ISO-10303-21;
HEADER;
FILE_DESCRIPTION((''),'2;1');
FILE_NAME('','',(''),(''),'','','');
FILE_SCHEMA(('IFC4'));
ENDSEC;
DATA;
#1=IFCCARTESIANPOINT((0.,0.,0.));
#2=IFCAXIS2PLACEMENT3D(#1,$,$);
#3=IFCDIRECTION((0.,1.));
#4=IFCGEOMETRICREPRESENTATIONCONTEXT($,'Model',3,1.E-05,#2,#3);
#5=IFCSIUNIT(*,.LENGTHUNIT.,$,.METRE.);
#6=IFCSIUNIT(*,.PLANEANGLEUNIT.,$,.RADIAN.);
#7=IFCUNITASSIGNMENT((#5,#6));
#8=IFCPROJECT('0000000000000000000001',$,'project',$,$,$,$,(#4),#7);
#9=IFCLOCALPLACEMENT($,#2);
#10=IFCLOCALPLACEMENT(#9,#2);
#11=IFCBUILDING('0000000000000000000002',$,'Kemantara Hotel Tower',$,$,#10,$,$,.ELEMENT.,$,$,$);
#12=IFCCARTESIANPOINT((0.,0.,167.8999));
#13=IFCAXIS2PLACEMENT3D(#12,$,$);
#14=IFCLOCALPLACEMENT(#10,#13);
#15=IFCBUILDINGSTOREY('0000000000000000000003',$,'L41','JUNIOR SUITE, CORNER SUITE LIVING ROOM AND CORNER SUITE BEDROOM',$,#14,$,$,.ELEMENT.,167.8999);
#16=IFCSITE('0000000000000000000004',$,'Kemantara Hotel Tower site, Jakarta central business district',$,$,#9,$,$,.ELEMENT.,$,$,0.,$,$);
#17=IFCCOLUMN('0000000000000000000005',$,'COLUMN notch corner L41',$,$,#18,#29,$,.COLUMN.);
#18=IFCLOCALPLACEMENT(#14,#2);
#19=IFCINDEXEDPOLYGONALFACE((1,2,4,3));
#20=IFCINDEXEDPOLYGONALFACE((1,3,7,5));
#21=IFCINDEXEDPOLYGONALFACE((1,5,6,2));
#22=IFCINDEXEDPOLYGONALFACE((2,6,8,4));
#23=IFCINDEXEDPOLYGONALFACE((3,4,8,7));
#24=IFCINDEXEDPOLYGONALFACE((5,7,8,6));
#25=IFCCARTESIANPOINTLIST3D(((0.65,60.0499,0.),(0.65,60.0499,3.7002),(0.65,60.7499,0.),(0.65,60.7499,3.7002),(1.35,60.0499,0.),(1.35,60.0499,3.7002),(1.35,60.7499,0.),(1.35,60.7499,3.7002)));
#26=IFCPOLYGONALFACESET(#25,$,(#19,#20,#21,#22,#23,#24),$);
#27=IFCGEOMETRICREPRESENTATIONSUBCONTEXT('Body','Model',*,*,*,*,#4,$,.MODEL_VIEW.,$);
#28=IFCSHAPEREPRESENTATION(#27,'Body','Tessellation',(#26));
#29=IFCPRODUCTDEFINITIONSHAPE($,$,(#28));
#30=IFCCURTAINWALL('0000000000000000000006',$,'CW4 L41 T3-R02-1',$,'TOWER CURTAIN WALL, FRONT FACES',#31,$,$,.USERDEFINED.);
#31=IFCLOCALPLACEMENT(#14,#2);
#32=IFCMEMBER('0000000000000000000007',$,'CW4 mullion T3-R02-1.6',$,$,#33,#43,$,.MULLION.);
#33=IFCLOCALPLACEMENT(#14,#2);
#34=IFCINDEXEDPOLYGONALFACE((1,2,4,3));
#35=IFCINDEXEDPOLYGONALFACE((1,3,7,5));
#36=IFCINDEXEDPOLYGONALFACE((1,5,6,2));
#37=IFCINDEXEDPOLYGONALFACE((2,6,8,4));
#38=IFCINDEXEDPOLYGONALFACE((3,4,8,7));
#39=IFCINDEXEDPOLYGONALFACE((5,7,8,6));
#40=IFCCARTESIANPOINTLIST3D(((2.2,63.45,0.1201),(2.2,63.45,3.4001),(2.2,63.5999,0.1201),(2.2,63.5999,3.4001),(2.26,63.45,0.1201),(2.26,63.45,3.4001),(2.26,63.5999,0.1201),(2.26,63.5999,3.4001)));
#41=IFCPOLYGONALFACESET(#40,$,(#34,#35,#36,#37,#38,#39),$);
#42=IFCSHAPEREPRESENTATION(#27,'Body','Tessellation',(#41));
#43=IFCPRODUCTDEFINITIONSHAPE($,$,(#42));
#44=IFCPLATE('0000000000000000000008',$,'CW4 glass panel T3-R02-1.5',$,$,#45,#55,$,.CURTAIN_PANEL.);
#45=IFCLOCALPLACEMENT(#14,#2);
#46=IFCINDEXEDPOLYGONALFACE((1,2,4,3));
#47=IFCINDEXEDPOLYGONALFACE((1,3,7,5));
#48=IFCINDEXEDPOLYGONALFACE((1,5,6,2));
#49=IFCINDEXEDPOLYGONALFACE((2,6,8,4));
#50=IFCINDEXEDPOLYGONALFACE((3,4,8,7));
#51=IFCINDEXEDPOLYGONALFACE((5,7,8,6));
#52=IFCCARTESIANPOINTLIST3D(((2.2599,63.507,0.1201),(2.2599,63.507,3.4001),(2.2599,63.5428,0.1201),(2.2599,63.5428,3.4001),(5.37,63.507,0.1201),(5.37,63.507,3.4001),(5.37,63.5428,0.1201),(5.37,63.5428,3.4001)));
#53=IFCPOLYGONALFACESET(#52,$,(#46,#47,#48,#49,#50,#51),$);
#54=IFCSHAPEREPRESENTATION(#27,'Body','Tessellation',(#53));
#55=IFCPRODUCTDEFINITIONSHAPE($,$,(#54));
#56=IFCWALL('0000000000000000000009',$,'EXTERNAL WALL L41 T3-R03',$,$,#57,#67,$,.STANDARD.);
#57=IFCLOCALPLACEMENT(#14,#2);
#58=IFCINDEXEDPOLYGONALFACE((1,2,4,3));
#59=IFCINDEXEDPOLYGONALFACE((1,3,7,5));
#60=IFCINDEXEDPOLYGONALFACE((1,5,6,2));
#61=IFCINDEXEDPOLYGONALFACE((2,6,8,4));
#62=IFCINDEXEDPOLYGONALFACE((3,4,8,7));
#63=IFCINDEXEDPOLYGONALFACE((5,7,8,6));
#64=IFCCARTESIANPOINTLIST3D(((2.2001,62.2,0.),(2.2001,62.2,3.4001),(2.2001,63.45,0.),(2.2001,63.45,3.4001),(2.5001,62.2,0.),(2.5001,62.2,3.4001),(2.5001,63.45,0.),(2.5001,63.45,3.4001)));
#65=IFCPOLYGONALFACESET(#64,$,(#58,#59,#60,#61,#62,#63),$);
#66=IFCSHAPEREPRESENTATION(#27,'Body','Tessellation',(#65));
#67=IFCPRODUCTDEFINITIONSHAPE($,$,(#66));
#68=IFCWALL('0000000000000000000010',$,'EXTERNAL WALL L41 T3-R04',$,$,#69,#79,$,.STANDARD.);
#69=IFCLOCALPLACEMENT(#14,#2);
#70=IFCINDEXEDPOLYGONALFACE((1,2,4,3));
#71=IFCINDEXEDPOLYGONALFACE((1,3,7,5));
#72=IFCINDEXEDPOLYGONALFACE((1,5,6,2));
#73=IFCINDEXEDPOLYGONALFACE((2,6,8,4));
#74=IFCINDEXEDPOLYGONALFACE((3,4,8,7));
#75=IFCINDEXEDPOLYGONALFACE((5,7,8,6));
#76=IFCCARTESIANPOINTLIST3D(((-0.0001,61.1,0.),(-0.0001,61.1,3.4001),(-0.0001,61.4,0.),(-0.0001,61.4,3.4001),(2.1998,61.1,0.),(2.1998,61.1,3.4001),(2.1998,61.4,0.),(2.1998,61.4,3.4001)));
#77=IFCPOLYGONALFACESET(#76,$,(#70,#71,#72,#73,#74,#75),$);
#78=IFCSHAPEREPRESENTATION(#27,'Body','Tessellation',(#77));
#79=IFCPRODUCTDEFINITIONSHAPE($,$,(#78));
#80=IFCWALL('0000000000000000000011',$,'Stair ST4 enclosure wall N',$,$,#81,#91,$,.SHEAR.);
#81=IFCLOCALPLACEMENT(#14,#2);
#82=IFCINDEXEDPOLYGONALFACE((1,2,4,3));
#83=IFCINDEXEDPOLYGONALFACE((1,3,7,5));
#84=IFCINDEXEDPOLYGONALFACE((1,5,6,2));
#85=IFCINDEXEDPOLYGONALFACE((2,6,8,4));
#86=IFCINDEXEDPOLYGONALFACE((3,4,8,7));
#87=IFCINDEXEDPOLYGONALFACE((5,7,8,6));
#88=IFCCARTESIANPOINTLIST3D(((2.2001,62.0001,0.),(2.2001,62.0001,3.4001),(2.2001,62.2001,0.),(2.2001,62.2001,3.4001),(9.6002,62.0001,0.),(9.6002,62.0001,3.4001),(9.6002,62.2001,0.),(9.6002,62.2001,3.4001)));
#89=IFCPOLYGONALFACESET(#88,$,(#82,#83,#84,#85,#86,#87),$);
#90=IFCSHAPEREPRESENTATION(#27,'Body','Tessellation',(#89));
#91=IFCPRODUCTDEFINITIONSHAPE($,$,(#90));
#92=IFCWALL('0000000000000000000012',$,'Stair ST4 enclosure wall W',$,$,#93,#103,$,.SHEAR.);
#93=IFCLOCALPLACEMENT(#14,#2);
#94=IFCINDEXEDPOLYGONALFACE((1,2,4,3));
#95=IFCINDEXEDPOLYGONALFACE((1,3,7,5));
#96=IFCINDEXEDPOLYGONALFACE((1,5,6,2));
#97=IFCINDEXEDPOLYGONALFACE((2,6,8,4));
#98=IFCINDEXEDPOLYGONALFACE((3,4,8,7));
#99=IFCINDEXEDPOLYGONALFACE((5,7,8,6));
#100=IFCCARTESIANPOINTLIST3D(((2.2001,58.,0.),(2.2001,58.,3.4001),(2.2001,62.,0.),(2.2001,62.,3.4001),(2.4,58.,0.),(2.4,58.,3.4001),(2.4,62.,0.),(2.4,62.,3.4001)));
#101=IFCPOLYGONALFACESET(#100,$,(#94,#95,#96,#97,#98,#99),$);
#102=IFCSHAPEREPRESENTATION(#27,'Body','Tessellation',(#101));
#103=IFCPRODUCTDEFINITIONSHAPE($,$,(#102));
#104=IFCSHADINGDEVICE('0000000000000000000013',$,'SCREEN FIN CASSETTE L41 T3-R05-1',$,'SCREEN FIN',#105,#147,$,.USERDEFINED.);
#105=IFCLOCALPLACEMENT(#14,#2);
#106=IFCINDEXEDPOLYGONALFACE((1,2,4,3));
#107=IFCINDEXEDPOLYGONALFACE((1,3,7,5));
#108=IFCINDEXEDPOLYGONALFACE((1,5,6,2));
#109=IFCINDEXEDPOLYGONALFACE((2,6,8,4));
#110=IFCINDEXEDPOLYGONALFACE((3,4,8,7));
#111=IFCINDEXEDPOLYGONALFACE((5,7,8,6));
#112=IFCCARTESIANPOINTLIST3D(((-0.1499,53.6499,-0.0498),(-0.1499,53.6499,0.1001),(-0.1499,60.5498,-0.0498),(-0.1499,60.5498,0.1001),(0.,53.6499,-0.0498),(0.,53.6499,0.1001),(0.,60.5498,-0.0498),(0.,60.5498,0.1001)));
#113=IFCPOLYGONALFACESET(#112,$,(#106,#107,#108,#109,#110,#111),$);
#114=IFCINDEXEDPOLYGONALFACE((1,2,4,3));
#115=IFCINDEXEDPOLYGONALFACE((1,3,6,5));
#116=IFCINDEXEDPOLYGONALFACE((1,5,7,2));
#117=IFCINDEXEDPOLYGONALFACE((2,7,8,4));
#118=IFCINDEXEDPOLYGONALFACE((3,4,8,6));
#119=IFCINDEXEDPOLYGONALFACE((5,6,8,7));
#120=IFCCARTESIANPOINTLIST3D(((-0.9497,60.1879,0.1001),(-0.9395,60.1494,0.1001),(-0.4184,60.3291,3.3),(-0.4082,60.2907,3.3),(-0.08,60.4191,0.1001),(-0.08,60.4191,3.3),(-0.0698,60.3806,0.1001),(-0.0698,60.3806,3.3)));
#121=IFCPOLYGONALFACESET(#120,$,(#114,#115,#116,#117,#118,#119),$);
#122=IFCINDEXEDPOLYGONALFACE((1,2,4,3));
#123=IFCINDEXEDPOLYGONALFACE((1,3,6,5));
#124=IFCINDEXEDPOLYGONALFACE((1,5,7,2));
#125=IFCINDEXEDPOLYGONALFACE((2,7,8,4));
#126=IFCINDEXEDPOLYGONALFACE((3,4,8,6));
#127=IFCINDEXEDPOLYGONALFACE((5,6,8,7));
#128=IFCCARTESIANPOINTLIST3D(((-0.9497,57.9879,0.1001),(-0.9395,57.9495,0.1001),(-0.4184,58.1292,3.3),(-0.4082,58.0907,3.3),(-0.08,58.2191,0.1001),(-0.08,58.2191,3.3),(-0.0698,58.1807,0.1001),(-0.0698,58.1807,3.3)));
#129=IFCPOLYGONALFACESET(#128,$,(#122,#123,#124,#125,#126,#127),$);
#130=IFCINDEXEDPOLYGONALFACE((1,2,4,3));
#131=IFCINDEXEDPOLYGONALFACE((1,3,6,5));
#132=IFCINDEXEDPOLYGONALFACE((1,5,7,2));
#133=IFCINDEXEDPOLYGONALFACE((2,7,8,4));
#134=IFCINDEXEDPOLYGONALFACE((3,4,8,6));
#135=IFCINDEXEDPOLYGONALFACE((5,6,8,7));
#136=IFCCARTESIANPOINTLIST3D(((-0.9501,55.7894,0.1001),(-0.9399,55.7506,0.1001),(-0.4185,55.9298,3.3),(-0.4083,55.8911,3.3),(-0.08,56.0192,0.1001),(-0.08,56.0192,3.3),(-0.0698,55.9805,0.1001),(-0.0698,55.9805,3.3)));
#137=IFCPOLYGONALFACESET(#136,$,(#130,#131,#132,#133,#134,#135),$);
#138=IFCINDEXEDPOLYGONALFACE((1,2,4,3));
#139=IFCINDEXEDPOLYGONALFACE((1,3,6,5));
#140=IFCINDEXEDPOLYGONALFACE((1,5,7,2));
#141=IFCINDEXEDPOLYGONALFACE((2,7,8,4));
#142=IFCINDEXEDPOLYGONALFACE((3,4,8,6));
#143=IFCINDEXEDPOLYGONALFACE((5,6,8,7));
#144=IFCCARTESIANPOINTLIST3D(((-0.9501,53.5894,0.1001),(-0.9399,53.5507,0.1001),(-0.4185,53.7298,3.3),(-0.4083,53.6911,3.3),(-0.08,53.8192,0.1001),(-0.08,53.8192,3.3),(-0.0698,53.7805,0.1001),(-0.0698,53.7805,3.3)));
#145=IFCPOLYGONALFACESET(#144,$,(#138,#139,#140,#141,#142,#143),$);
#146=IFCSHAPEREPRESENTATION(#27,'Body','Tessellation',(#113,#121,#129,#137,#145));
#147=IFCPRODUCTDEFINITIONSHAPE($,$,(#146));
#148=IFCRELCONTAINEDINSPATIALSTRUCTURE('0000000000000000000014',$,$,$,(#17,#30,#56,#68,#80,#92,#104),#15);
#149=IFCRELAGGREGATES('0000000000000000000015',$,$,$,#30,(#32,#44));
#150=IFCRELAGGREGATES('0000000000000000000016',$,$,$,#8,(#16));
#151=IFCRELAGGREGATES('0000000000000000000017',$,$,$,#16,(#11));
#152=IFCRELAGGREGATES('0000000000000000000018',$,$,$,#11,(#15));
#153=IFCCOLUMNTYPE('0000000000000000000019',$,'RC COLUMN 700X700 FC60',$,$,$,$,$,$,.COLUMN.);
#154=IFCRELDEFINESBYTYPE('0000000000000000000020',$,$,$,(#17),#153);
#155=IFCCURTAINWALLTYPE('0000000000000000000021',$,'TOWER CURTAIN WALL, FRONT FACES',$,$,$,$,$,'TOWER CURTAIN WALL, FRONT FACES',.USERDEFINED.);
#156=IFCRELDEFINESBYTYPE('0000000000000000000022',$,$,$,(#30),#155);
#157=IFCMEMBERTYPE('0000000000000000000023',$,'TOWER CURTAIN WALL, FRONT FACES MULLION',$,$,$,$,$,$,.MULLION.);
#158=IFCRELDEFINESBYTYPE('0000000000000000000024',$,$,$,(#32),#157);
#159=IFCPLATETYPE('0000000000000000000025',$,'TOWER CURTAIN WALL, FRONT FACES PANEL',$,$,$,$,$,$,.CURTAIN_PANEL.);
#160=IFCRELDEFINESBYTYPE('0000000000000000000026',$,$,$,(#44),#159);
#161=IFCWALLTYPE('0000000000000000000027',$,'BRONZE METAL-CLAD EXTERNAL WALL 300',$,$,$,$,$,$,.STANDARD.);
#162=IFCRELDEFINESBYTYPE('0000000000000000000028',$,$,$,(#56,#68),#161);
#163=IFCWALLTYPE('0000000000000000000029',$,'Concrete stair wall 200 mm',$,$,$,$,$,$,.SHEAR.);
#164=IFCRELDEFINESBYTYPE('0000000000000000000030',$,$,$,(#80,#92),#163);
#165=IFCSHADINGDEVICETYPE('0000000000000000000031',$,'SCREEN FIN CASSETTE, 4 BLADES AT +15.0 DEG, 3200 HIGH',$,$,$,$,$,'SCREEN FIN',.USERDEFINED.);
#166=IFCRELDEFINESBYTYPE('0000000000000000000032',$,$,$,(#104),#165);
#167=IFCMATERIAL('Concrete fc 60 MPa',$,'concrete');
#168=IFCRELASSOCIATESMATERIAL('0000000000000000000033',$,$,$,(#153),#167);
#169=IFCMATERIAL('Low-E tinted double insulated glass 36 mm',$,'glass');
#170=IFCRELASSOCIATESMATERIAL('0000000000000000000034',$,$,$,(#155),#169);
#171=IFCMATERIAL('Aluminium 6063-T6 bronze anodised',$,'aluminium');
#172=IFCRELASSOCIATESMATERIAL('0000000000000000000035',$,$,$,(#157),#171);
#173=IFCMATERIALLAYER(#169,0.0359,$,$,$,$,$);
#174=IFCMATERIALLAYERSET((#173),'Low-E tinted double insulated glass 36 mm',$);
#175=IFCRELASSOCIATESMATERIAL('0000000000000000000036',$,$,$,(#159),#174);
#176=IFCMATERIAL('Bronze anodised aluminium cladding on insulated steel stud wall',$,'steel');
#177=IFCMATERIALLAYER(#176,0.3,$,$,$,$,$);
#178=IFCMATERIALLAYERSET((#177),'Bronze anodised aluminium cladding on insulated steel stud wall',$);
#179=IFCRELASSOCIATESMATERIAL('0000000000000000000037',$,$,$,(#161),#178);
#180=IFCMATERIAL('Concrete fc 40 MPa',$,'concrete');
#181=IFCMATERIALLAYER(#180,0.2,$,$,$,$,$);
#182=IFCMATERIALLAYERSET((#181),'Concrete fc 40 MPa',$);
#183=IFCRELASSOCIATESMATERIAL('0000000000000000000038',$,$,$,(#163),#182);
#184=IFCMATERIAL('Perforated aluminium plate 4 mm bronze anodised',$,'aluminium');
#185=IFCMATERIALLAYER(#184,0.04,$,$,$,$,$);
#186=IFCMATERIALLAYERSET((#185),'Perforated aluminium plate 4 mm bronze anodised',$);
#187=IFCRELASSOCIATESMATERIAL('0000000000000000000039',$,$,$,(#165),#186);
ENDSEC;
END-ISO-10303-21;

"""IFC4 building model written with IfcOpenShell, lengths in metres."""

from ifc_helpers import new_model, si_unit, direction, frame, frame_2d, origin, origin_2d, place, context, subcontext, project, spatial, polyline, rectangle, outline, extrude, source, transform, mapped, material, layer, layer_set, material_profile, profile_set, type_object, element, aggregate, save


model = new_model("IFC4")

# Units and contexts
model_context = context("Model", 3, precision=1e-05, world=origin(), true_north=direction((0.0, 1.0)))
body_context = subcontext(model_context, "Body", "Model", "MODEL_VIEW")
ifc_project = project(units=[si_unit("LENGTHUNIT", "METRE"), si_unit("PLANEANGLEUNIT", "RADIAN")], contexts=[model_context])

# Site, building, storey
site_placement = place(None, origin())
site = spatial("IfcSite", under=ifc_project, at=site_placement, Name="Kemantara Hotel Tower site, Jakarta central business district", CompositionType="ELEMENT", RefElevation=0.0)
building_placement = place(site_placement, origin())
building = spatial("IfcBuilding", under=site, at=building_placement, Name="Kemantara Hotel Tower", CompositionType="ELEMENT")
storey_placement = place(building_placement, frame((0.0, 0.0, 167.8999)))
storey = spatial("IfcBuildingStorey", under=building, at=storey_placement, Name="L41", Description="JUNIOR SUITE, CORNER SUITE LIVING ROOM AND CORNER SUITE BEDROOM", CompositionType="ELEMENT", Elevation=167.8999)

# Column
ifc_material_1 = material(Name="Concrete fc 60 MPa", Category="concrete")
ifc_material_profile_1 = material_profile(ifc_material_1, rectangle(XDim=0.7, YDim=0.7, at=origin_2d()), Name="RC 700X700")
ifc_profile_set_1 = profile_set([ifc_material_profile_1], Name="Concrete fc 60 MPa")
column_type = type_object("IfcColumnType", Name="RC COLUMN 700X700 FC60", PredefinedType="COLUMN", material=ifc_profile_set_1)
column_placement = place(storey_placement, frame((1.0, 60.3999, 0.0), z_axis=(0.0, 0.0, 1.0), x_axis=(1.0, 0.0, 0.0)))
element("IfcColumn", 1, at=column_placement, inside=storey, type_object=column_type, Name="COLUMN notch corner L41", PredefinedType="COLUMN", context=body_context, shape_type="SweptSolid", body=[
    extrude(rectangle(XDim=0.7, YDim=0.7, at=origin_2d()), origin(), (0.0, 0.0, 1.0), 3.7002),
])

# Curtain wall, member, plate
ifc_material_2 = material(Name="Low-E tinted double insulated glass 36 mm", Category="glass")
curtain_wall_type = type_object("IfcCurtainWallType", Name="TOWER CURTAIN WALL, FRONT FACES", ElementType="TOWER CURTAIN WALL, FRONT FACES", PredefinedType="USERDEFINED", material=ifc_material_2)
curtain_wall_placement = place(storey_placement, origin())
curtain_wall = element("IfcCurtainWall", 2, at=curtain_wall_placement, inside=storey, type_object=curtain_wall_type, Name="CW4 L41 T3-R02-1", ObjectType="TOWER CURTAIN WALL, FRONT FACES", PredefinedType="USERDEFINED")
ifc_material_3 = material(Name="Aluminium 6063-T6 bronze anodised", Category="aluminium")
ifc_material_profile_2 = material_profile(ifc_material_3, rectangle(XDim=0.1499, YDim=0.0601, at=origin_2d()), Name="TOWER CURTAIN WALL, FRONT FACES MULLION")
ifc_profile_set_2 = profile_set([ifc_material_profile_2], Name="Aluminium 6063-T6 bronze anodised")
member_type = type_object("IfcMemberType", Name="TOWER CURTAIN WALL, FRONT FACES MULLION", PredefinedType="MULLION", material=ifc_profile_set_2)
shared_shape_1 = source(origin(), body_context, "Body", "SweptSolid", [
    extrude(rectangle(XDim=0.1499, YDim=0.0601, at=origin_2d()), origin(), (0.0, 0.0, 1.0), 3.28),
])
member_placement = place(storey_placement, frame((2.23, 63.5249, 0.1201), z_axis=(0.0, 0.0, 1.0), x_axis=(0.0, -1.0, 0.0)))
member = element("IfcMember", 3, at=member_placement, type_object=member_type, Name="CW4 mullion T3-R02-1.6", PredefinedType="MULLION", context=body_context, shape_type="MappedRepresentation", body=[
    mapped(shared_shape_1, transform((0.0, 0.0, 0.0))),
])
ifc_layer_1 = layer(ifc_material_2, 0.0359)
ifc_layer_set_1 = layer_set([ifc_layer_1], Name="Low-E tinted double insulated glass 36 mm")
plate_type = type_object("IfcPlateType", Name="TOWER CURTAIN WALL, FRONT FACES PANEL", PredefinedType="CURTAIN_PANEL", material=ifc_layer_set_1)
shared_shape_2 = source(origin(), body_context, "Body", "SweptSolid", [
    extrude(rectangle(XDim=3.1101, YDim=0.0359, at=origin_2d()), origin(), (0.0, 0.0, 1.0), 3.28),
])
plate_placement = place(storey_placement, frame((3.8149, 63.5249, 0.1201), z_axis=(0.0, 0.0, 1.0), x_axis=(-1.0, 0.0, 0.0)))
plate = element("IfcPlate", 4, at=plate_placement, type_object=plate_type, Name="CW4 glass panel T3-R02-1.5", PredefinedType="CURTAIN_PANEL", context=body_context, shape_type="MappedRepresentation", body=[
    mapped(shared_shape_2, transform((0.0, 0.0, 0.0))),
])
aggregate(curtain_wall, [member, plate])

# Walls
ifc_material_4 = material(Name="Bronze anodised aluminium cladding on insulated steel stud wall", Category="steel")
ifc_layer_2 = layer(ifc_material_4, 0.3)
ifc_layer_set_2 = layer_set([ifc_layer_2], Name="Bronze anodised aluminium cladding on insulated steel stud wall")
wall_type_1 = type_object("IfcWallType", Name="BRONZE METAL-CLAD EXTERNAL WALL 300", PredefinedType="STANDARD", material=ifc_layer_set_2)
wall_1_placement = place(storey_placement, frame((2.3501, 63.45, 0.0), z_axis=(0.0, 0.0, 1.0), x_axis=(0.0, -1.0, 0.0)))
element("IfcWall", 5, at=wall_1_placement, inside=storey, type_object=wall_type_1, Name="EXTERNAL WALL L41 T3-R03", PredefinedType="STANDARD", context=body_context, shape_type="SweptSolid", body=[
    extrude(rectangle(XDim=1.25, YDim=0.3, at=frame_2d((0.625, 0.0))), origin(), (0.0, 0.0, 1.0), 3.4001),
])
wall_2_placement = place(storey_placement, frame((2.2, 61.25, 0.0), z_axis=(0.0, 0.0, 1.0), x_axis=(-1.0, 0.0, 0.0)))
element("IfcWall", 6, at=wall_2_placement, inside=storey, type_object=wall_type_1, Name="EXTERNAL WALL L41 T3-R04", PredefinedType="STANDARD", context=body_context, shape_type="SweptSolid", body=[
    extrude(rectangle(XDim=2.2, YDim=0.3, at=frame_2d((1.1001, 0.0))), origin(), (0.0, 0.0, 1.0), 3.4001),
])

# Walls
ifc_material_5 = material(Name="Concrete fc 40 MPa", Category="concrete")
ifc_layer_3 = layer(ifc_material_5, 0.2)
ifc_layer_set_3 = layer_set([ifc_layer_3], Name="Concrete fc 40 MPa")
wall_type_2 = type_object("IfcWallType", Name="Concrete stair wall 200 mm", PredefinedType="SHEAR", material=ifc_layer_set_3)
wall_3_placement = place(storey_placement, frame((2.2, 62.1001, 0.0), z_axis=(0.0, 0.0, 1.0), x_axis=(1.0, 0.0, 0.0)))
element("IfcWall", 7, at=wall_3_placement, inside=storey, type_object=wall_type_2, Name="Stair ST4 enclosure wall N", PredefinedType="SHEAR", context=body_context, shape_type="SweptSolid", body=[
    extrude(rectangle(XDim=7.4001, YDim=0.2, at=frame_2d((3.7002, 0.0))), origin(), (0.0, 0.0, 1.0), 3.4001),
])
wall_4_placement = place(storey_placement, frame((2.3, 58.0, 0.0), z_axis=(0.0, 0.0, 1.0), x_axis=(0.0, 1.0, 0.0)))
element("IfcWall", 8, at=wall_4_placement, inside=storey, type_object=wall_type_2, Name="Stair ST4 enclosure wall W", PredefinedType="SHEAR", context=body_context, shape_type="SweptSolid", body=[
    extrude(rectangle(XDim=4.0, YDim=0.2, at=frame_2d((2.0, 0.0))), origin(), (0.0, 0.0, 1.0), 3.4001),
])

# Shading device
ifc_material_6 = material(Name="Perforated aluminium plate 4 mm bronze anodised", Category="aluminium")
ifc_layer_4 = layer(ifc_material_6, 0.04)
ifc_layer_set_4 = layer_set([ifc_layer_4], Name="Perforated aluminium plate 4 mm bronze anodised")
shading_device_type = type_object("IfcShadingDeviceType", Name="SCREEN FIN CASSETTE, 4 BLADES AT +15.0 DEG, 3200 HIGH", ElementType="SCREEN FIN", PredefinedType="USERDEFINED", material=ifc_layer_set_4)
shared_shape_3 = source(origin(), body_context, "Body", "SweptSolid", [
    extrude(rectangle(XDim=6.8999, YDim=0.1499, at=origin_2d()), frame((3.3, -0.075, -0.1499), z_axis=(0.0, 0.0, 1.0), x_axis=(1.0, 0.0, 0.0)), (0.0, 0.0, 1.0), 0.1499),
    extrude(outline(polyline([(0.0, 0.0), (0.8999, 0.0), (0.3501, 3.2), (0.0, 3.2), (0.0, 0.0)])), frame((0.0193, -0.0698, 0.0), z_axis=(-0.966438, -0.256901, 0.0), x_axis=(0.256901, -0.966438, 0.0)), (0.0, 0.0, 1.0), 0.0398),
    extrude(outline(polyline([(0.0, 0.0), (0.8999, 0.0), (0.3501, 3.2), (0.0, 3.2), (0.0, 0.0)])), frame((2.2192, -0.0698, 0.0), z_axis=(-0.966438, -0.256901, 0.0), x_axis=(0.256901, -0.966438, 0.0)), (0.0, 0.0, 1.0), 0.0398),
    extrude(outline(polyline([(0.0, 0.0), (0.8999, 0.0), (0.3501, 3.2), (0.0, 3.2), (0.0, 0.0)])), frame((4.4194, -0.0698, 0.0), z_axis=(-0.966838, -0.255391, 0.0), x_axis=(0.255391, -0.966838, 0.0)), (0.0, 0.0, 1.0), 0.04),
    extrude(outline(polyline([(0.0, 0.0), (0.8999, 0.0), (0.3501, 3.2), (0.0, 3.2), (0.0, 0.0)])), frame((6.6194, -0.0698, 0.0), z_axis=(-0.966838, -0.255391, 0.0), x_axis=(0.255391, -0.966838, 0.0)), (0.0, 0.0, 1.0), 0.04),
])
shading_device_placement = place(storey_placement, frame((0.0, 60.3999, 0.1001), z_axis=(0.0, 0.0, 1.0), x_axis=(0.0, -1.0, 0.0)))
element("IfcShadingDevice", 9, at=shading_device_placement, inside=storey, type_object=shading_device_type, Name="SCREEN FIN CASSETTE L41 T3-R05-1", ObjectType="SCREEN FIN", PredefinedType="USERDEFINED", context=body_context, shape_type="MappedRepresentation", body=[
    mapped(shared_shape_3, transform((0.0, 0.0, 0.0))),
])

save(model, "model.ifc")
